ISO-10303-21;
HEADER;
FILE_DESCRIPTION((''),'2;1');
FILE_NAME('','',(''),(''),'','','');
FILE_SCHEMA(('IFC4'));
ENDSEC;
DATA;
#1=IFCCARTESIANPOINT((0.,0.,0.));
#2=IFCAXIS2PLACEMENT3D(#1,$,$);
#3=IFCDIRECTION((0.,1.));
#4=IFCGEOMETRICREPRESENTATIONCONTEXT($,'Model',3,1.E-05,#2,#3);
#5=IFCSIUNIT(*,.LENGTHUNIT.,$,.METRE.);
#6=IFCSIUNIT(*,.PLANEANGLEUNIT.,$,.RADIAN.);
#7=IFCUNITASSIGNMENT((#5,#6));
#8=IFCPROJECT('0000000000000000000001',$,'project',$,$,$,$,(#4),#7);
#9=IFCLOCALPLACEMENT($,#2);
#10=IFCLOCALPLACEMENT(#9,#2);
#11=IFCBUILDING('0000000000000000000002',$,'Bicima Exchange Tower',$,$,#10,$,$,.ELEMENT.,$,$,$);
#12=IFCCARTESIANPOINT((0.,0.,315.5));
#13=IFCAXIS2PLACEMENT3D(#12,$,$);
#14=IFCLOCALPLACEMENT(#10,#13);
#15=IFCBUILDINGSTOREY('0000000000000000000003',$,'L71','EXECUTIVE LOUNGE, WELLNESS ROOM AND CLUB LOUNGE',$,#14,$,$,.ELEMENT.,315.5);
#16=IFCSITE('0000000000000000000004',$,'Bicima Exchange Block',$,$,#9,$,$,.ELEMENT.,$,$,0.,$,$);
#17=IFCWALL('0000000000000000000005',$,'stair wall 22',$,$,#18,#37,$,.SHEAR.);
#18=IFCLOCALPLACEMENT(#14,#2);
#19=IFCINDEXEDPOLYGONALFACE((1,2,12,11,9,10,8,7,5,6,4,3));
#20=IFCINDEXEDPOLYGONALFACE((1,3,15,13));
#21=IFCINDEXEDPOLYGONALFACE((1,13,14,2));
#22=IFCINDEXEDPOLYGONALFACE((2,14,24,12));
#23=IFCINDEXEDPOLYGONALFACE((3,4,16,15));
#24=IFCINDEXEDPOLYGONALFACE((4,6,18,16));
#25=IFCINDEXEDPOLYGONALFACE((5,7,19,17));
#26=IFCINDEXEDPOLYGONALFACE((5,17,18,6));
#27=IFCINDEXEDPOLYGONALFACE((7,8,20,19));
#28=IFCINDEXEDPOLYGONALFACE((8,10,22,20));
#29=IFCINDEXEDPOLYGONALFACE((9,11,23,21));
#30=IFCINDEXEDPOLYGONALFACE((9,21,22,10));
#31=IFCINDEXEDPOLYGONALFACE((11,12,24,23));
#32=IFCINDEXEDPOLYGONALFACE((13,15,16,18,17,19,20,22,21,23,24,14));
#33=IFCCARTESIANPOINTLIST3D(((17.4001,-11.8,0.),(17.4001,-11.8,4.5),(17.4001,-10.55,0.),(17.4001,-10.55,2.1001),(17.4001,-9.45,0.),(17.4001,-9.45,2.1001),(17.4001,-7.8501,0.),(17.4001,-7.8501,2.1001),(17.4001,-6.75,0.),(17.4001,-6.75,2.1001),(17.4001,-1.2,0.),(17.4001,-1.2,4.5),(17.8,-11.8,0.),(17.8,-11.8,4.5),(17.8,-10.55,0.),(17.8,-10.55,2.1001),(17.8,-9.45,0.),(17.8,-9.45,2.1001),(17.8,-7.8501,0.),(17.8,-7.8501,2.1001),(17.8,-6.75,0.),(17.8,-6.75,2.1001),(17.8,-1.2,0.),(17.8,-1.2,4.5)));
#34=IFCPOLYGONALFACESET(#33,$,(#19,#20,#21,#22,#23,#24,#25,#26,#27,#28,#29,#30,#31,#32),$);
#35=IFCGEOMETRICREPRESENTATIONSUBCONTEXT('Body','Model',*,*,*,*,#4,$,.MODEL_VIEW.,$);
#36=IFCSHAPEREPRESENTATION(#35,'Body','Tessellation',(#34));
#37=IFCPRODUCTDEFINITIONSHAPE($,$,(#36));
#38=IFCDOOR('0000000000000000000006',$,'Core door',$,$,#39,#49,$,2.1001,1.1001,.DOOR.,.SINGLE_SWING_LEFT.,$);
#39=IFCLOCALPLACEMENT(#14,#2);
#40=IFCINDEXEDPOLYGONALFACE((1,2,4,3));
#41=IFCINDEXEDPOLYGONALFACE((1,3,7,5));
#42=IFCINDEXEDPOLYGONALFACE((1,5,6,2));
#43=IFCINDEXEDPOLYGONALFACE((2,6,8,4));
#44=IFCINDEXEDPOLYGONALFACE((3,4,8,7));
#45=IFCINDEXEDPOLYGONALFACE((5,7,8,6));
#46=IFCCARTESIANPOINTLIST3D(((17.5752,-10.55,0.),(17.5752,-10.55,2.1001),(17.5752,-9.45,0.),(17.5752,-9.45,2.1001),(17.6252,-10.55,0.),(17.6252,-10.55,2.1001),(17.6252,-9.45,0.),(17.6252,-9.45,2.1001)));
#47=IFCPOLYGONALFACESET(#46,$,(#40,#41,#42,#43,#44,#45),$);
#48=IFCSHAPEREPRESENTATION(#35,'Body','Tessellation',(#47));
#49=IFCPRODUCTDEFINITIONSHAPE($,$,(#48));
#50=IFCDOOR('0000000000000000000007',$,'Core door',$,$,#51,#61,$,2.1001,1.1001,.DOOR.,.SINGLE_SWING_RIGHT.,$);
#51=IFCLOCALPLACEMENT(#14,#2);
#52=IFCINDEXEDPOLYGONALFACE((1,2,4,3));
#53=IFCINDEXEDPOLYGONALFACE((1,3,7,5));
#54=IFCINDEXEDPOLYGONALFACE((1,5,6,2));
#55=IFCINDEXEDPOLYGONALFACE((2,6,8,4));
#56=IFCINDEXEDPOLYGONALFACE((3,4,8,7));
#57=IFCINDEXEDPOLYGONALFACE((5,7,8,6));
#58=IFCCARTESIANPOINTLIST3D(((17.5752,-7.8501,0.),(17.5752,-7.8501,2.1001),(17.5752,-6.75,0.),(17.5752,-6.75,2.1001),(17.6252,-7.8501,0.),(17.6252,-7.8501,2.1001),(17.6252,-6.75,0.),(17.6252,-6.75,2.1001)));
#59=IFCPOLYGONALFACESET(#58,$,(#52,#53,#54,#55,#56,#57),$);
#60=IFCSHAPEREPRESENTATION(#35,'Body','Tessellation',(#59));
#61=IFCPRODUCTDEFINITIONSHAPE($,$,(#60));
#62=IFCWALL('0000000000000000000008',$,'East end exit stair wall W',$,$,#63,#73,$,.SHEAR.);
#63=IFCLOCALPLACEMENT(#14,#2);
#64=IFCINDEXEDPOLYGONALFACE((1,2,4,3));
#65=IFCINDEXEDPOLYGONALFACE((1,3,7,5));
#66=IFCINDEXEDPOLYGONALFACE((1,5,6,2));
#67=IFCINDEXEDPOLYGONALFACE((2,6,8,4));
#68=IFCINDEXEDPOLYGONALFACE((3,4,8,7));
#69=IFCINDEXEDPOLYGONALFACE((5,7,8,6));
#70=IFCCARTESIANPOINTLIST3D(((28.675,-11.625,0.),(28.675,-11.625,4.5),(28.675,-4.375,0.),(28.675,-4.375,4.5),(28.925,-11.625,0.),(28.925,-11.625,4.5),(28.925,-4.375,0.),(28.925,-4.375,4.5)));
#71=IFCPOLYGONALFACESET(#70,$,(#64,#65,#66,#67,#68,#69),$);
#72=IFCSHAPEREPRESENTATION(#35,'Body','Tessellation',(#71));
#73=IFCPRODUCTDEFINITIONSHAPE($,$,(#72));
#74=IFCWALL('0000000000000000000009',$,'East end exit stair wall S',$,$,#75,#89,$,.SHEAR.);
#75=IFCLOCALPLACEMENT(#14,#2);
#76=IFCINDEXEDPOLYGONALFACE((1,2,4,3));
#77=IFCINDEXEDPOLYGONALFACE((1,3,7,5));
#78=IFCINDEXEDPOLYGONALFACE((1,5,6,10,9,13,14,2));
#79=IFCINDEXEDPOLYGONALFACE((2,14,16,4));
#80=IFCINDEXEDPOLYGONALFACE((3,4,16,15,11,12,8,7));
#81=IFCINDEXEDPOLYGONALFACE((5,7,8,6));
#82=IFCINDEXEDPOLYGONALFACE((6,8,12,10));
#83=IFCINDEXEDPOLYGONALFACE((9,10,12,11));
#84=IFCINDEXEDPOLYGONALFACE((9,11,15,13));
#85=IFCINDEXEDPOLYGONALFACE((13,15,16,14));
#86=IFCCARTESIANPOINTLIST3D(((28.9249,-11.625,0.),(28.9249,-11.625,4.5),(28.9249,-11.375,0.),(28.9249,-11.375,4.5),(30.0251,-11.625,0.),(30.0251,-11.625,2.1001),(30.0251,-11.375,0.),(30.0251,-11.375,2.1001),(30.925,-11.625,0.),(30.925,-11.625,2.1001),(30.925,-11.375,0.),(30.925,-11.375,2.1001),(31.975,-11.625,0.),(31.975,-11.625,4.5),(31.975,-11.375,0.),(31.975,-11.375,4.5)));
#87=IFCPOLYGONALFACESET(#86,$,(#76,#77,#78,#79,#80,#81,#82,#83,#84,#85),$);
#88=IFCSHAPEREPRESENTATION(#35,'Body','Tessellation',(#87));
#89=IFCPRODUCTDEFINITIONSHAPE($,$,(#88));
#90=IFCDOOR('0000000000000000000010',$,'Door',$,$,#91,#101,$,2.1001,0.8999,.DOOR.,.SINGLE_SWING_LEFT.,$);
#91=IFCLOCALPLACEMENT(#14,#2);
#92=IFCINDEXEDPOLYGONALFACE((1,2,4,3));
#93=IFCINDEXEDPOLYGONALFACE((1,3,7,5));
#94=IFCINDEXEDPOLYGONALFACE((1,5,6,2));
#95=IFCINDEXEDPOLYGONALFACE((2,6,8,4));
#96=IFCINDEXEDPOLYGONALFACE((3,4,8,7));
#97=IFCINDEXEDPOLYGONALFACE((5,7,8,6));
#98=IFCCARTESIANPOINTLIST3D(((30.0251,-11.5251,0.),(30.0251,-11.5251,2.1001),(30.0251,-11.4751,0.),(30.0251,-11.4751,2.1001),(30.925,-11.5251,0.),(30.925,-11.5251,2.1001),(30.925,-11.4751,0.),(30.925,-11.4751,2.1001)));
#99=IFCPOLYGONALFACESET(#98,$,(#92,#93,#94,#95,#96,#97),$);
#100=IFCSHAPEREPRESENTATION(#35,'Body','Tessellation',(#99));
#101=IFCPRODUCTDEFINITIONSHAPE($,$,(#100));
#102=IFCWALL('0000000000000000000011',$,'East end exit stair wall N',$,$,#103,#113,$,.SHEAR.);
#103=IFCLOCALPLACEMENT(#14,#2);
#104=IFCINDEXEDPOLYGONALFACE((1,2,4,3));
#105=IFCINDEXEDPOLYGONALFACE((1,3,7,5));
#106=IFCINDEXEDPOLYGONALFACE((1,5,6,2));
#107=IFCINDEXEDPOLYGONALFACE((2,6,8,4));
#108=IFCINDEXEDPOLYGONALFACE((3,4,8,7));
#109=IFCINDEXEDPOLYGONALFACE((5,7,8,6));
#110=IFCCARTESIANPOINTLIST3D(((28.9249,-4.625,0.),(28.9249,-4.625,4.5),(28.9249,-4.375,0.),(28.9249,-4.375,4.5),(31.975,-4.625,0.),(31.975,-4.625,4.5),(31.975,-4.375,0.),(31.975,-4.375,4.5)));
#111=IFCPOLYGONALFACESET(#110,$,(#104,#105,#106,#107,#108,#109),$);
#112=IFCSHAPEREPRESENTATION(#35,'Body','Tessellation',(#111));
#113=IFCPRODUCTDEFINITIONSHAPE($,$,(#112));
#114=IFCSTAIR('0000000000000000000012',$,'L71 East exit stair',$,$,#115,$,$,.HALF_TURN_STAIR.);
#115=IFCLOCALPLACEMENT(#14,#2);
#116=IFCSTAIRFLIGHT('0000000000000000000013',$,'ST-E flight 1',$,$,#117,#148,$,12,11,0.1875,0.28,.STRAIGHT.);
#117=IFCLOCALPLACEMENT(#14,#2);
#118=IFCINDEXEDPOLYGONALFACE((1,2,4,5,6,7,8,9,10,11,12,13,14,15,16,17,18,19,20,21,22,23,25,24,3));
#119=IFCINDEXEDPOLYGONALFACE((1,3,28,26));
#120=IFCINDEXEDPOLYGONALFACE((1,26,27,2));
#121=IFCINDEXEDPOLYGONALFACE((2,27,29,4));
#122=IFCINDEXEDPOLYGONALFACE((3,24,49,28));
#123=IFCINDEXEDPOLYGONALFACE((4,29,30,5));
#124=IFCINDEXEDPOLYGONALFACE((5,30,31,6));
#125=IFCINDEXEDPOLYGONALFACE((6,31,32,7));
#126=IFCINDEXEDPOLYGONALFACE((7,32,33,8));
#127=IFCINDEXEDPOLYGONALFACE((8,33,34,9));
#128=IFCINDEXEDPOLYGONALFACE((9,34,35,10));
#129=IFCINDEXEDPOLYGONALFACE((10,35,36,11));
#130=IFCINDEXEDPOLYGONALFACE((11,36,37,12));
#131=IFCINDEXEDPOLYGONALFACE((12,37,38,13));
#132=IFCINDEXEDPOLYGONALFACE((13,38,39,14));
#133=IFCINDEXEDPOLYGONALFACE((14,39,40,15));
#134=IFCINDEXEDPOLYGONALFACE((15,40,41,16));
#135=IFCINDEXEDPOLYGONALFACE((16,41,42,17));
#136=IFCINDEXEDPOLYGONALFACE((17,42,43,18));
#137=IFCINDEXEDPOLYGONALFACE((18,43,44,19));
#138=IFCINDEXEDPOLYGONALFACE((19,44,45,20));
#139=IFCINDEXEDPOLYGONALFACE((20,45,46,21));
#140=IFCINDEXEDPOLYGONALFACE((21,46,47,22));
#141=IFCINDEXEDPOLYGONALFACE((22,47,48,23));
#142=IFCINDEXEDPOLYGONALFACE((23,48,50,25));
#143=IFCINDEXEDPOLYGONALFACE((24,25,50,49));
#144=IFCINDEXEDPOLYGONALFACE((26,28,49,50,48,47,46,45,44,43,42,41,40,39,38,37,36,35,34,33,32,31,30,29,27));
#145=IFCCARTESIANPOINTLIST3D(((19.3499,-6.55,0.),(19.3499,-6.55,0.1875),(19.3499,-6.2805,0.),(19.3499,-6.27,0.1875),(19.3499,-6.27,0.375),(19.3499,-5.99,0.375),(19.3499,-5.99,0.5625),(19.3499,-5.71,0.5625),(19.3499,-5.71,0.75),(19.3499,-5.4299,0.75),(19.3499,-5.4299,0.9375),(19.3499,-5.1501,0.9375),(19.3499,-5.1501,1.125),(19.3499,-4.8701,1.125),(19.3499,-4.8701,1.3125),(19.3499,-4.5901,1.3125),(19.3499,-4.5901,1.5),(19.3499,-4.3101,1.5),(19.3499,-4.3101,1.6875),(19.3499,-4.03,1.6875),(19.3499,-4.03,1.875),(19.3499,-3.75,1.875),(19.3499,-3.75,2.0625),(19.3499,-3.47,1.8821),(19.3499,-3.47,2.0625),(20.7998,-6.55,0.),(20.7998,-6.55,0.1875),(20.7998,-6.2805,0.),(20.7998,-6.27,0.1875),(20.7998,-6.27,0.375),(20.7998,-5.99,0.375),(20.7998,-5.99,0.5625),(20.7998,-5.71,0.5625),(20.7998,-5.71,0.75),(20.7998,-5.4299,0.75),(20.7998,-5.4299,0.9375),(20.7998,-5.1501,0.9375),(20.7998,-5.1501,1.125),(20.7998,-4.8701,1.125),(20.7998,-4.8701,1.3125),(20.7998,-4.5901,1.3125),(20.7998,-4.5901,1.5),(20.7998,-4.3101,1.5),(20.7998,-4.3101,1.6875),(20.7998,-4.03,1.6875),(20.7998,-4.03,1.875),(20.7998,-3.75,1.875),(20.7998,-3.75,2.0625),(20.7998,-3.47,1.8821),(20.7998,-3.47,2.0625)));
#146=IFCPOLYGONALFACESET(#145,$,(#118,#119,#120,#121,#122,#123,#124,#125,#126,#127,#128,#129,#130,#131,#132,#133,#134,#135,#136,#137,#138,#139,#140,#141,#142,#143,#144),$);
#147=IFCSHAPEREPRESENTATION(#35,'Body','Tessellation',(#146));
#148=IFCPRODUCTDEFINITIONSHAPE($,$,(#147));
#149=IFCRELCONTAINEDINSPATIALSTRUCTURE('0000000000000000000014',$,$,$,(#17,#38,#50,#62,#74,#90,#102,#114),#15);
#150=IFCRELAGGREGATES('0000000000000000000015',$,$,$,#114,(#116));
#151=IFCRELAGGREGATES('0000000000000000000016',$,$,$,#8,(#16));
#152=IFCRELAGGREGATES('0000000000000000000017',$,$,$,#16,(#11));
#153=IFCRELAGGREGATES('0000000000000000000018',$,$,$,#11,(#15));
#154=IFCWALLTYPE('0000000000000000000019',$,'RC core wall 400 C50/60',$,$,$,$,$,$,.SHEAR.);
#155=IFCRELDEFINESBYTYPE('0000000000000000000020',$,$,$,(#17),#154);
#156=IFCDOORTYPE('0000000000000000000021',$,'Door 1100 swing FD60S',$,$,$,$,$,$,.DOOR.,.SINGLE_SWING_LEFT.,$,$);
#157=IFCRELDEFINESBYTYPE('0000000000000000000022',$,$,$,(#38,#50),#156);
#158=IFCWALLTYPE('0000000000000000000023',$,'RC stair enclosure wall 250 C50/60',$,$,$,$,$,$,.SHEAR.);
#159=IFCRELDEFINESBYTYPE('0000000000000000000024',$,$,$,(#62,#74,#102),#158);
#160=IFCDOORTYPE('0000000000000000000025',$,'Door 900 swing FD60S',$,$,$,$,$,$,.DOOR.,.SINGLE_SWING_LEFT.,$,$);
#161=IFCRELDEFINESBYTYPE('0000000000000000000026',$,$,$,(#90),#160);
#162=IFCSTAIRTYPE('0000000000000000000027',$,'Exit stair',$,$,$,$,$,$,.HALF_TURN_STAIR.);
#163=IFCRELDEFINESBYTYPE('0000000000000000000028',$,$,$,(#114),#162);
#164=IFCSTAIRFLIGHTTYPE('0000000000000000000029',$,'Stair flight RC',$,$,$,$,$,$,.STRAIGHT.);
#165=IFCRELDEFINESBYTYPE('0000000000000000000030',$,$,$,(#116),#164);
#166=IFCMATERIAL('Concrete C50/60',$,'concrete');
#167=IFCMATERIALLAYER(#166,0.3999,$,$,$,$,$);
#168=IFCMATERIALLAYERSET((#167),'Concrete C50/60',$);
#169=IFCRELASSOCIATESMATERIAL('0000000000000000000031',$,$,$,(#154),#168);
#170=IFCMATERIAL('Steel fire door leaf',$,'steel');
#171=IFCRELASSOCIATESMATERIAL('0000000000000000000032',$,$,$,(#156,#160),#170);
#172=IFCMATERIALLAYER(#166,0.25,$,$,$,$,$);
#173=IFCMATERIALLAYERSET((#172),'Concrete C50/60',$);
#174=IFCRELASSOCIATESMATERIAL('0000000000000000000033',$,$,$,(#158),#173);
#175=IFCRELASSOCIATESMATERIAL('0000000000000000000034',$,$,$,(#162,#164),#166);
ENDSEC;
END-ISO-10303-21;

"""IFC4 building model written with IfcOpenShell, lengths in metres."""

from ifc_helpers import new_model, si_unit, direction, frame, frame_2d, origin, place, context, subcontext, project, spatial, polyline, rectangle, outline, extrude, material, layer, layer_set, type_object, element, fill, aggregate, save


model = new_model("IFC4")

# Units and contexts
model_context = context("Model", 3, precision=1e-05, world=origin(), true_north=direction((0.0, 1.0)))
body_context = subcontext(model_context, "Body", "Model", "MODEL_VIEW")
ifc_project = project(units=[si_unit("LENGTHUNIT", "METRE"), si_unit("PLANEANGLEUNIT", "RADIAN")], contexts=[model_context])

# Site, building, storey
site_placement = place(None, origin())
site = spatial("IfcSite", under=ifc_project, at=site_placement, Name="Bicima Exchange Block", CompositionType="ELEMENT", RefElevation=0.0)
building_placement = place(site_placement, origin())
building = spatial("IfcBuilding", under=site, at=building_placement, Name="Bicima Exchange Tower", CompositionType="ELEMENT")
storey_placement = place(building_placement, frame((0.0, 0.0, 315.5)))
storey = spatial("IfcBuildingStorey", under=building, at=storey_placement, Name="L71", Description="EXECUTIVE LOUNGE, WELLNESS ROOM AND CLUB LOUNGE", CompositionType="ELEMENT", Elevation=315.5)

# Shared definitions
ifc_material_1 = material(Name="Concrete C50/60", Category="concrete")
ifc_layer_1 = layer(ifc_material_1, 0.3999)
ifc_layer_set_1 = layer_set([ifc_layer_1], Name="Concrete C50/60")
wall_type_1 = type_object("IfcWallType", Name="RC core wall 400 C50/60", PredefinedType="SHEAR", material=ifc_layer_set_1)
ifc_material_2 = material(Name="Steel fire door leaf", Category="steel")

# Wall, openings, doors
wall_1_placement = place(storey_placement, frame((17.6001, -11.8, 0.0), z_axis=(0.0, 0.0, 1.0), x_axis=(0.0, 1.0, 0.0)))
wall_1 = element("IfcWall", 1, at=wall_1_placement, inside=storey, type_object=wall_type_1, Name="stair wall 22", PredefinedType="SHEAR", context=body_context, shape_type="SweptSolid", body=[
    extrude(rectangle(XDim=10.6001, YDim=0.3999, at=frame_2d((5.3, 0.0))), origin(), (0.0, 0.0, 1.0), 4.5),
])
opening_1_placement = place(wall_1_placement, frame((1.25, 0.0, 0.0)))
opening_1 = element("IfcOpeningElement", 2, at=opening_1_placement, cuts=wall_1, PredefinedType="OPENING", context=body_context, shape_type="SweptSolid", body=[
    extrude(rectangle(XDim=1.1001, YDim=2.1001, at=frame_2d((0.55, 1.05))), frame((0.0, 0.2119, 0.0), z_axis=(0.0, -1.0, 0.0), x_axis=(1.0, 0.0, 0.0)), (0.0, 0.0, 1.0), 0.4238),
])
opening_2_placement = place(wall_1_placement, frame((3.95, 0.0, 0.0)))
opening_2 = element("IfcOpeningElement", 3, at=opening_2_placement, cuts=wall_1, PredefinedType="OPENING", context=body_context, shape_type="SweptSolid", body=[
    extrude(rectangle(XDim=1.1001, YDim=2.1001, at=frame_2d((0.55, 1.05))), frame((0.0, 0.2119, 0.0), z_axis=(0.0, -1.0, 0.0), x_axis=(1.0, 0.0, 0.0)), (0.0, 0.0, 1.0), 0.4238),
])
door_type_1 = type_object("IfcDoorType", Name="Door 1100 swing FD60S", OperationType="SINGLE_SWING_LEFT", PredefinedType="DOOR", material=ifc_material_2)
door_1_placement = place(opening_1_placement, origin())
door_1 = element("IfcDoor", 4, at=door_1_placement, inside=storey, type_object=door_type_1, Name="Core door", OperationType="SINGLE_SWING_LEFT", OverallHeight=2.1001, OverallWidth=1.1001, PredefinedType="DOOR", context=body_context, shape_type="SweptSolid", body=[
    extrude(rectangle(XDim=1.1001, YDim=2.1001, at=frame_2d((0.55, 1.05))), frame((0.0, 0.0249, 0.0), z_axis=(0.0, -1.0, 0.0), x_axis=(1.0, 0.0, 0.0)), (0.0, 0.0, 1.0), 0.05),
])
fill(opening_1, door_1)
door_2_placement = place(opening_2_placement, origin())
door_2 = element("IfcDoor", 5, at=door_2_placement, inside=storey, type_object=door_type_1, Name="Core door", OperationType="SINGLE_SWING_RIGHT", OverallHeight=2.1001, OverallWidth=1.1001, PredefinedType="DOOR", context=body_context, shape_type="SweptSolid", body=[
    extrude(rectangle(XDim=1.1001, YDim=2.1001, at=frame_2d((0.55, 1.05))), frame((0.0, 0.0249, 0.0), z_axis=(0.0, -1.0, 0.0), x_axis=(1.0, 0.0, 0.0)), (0.0, 0.0, 1.0), 0.05),
])
fill(opening_2, door_2)

# Wall
ifc_layer_2 = layer(ifc_material_1, 0.25)
ifc_layer_set_2 = layer_set([ifc_layer_2], Name="Concrete C50/60")
wall_type_2 = type_object("IfcWallType", Name="RC stair enclosure wall 250 C50/60", PredefinedType="SHEAR", material=ifc_layer_set_2)
wall_2_placement = place(storey_placement, frame((28.8, -11.625, 0.0), z_axis=(0.0, 0.0, 1.0), x_axis=(0.0, 1.0, 0.0)))
element("IfcWall", 6, at=wall_2_placement, inside=storey, type_object=wall_type_2, Name="East end exit stair wall W", PredefinedType="SHEAR", context=body_context, shape_type="SweptSolid", body=[
    extrude(rectangle(XDim=7.25, YDim=0.25, at=frame_2d((3.625, 0.0))), origin(), (0.0, 0.0, 1.0), 4.5),
])

# Wall, opening, door
wall_3_placement = place(storey_placement, frame((28.925, -11.5, 0.0), z_axis=(0.0, 0.0, 1.0), x_axis=(1.0, 0.0, 0.0)))
wall_3 = element("IfcWall", 7, at=wall_3_placement, inside=storey, type_object=wall_type_2, Name="East end exit stair wall S", PredefinedType="SHEAR", context=body_context, shape_type="SweptSolid", body=[
    extrude(rectangle(XDim=3.05, YDim=0.25, at=frame_2d((1.5249, 0.0))), origin(), (0.0, 0.0, 1.0), 4.5),
])
opening_3_placement = place(wall_3_placement, frame((1.1001, 0.0, 0.0)))
opening_3 = element("IfcOpeningElement", 8, at=opening_3_placement, cuts=wall_3, PredefinedType="OPENING", context=body_context, shape_type="SweptSolid", body=[
    extrude(rectangle(XDim=0.8999, YDim=2.1001, at=frame_2d((0.45, 1.05))), frame((0.0, 0.137, 0.0), z_axis=(0.0, -1.0, 0.0), x_axis=(1.0, 0.0, 0.0)), (0.0, 0.0, 1.0), 0.2739),
])
door_type_2 = type_object("IfcDoorType", Name="Door 900 swing FD60S", OperationType="SINGLE_SWING_LEFT", PredefinedType="DOOR", material=ifc_material_2)
door_3_placement = place(opening_3_placement, origin())
door_3 = element("IfcDoor", 9, at=door_3_placement, inside=storey, type_object=door_type_2, Name="Door", OperationType="SINGLE_SWING_LEFT", OverallHeight=2.1001, OverallWidth=0.8999, PredefinedType="DOOR", context=body_context, shape_type="SweptSolid", body=[
    extrude(rectangle(XDim=0.8999, YDim=2.1001, at=frame_2d((0.45, 1.05))), frame((0.0, 0.0249, 0.0), z_axis=(0.0, -1.0, 0.0), x_axis=(1.0, 0.0, 0.0)), (0.0, 0.0, 1.0), 0.05),
])
fill(opening_3, door_3)

# Wall
wall_4_placement = place(storey_placement, frame((28.925, -4.5, 0.0), z_axis=(0.0, 0.0, 1.0), x_axis=(1.0, 0.0, 0.0)))
element("IfcWall", 10, at=wall_4_placement, inside=storey, type_object=wall_type_2, Name="East end exit stair wall N", PredefinedType="SHEAR", context=body_context, shape_type="SweptSolid", body=[
    extrude(rectangle(XDim=3.05, YDim=0.25, at=frame_2d((1.5249, 0.0))), origin(), (0.0, 0.0, 1.0), 4.5),
])

# Stair, stair flight
stair_type = type_object("IfcStairType", Name="Exit stair", PredefinedType="HALF_TURN_STAIR", material=ifc_material_1)
stair_1_placement = place(storey_placement, origin())
stair_1 = element("IfcStair", 11, at=stair_1_placement, inside=storey, type_object=stair_type, Name="L71 East exit stair", PredefinedType="HALF_TURN_STAIR")
stair_flight_type = type_object("IfcStairFlightType", Name="Stair flight RC", PredefinedType="STRAIGHT", material=ifc_material_1)
stair_flight_1_placement = place(storey_placement, frame((20.075, -6.55, 0.0), z_axis=(0.0, 0.0, 1.0), x_axis=(0.0, 1.0, 0.0)))
stair_flight_1 = element("IfcStairFlight", 12, at=stair_flight_1_placement, type_object=stair_flight_type, Name="ST-E flight 1", NumberOfRisers=12, NumberOfTreads=11, PredefinedType="STRAIGHT", RiserHeight=0.1875, TreadLength=0.28, context=body_context, shape_type="SweptSolid", body=[
    extrude(outline(polyline([(0.0, 0.0), (0.0, 0.1875), (0.28, 0.1875), (0.28, 0.375), (0.5601, 0.375), (0.5601, 0.5625), (0.8401, 0.5625), (0.8401, 0.75), (1.1201, 0.75), (1.1201, 0.9375), (1.3999, 0.9375), (1.3999, 1.125), (1.6799, 1.125), (1.6799, 1.3125), (1.96, 1.3125), (1.96, 1.5), (2.24, 1.5), (2.24, 1.6875), (2.52, 1.6875), (2.52, 1.875), (2.8, 1.875), (2.8, 2.0625), (3.0801, 2.0625), (3.0801, 2.25), (3.0801, 1.8821), (0.2695, 0.0), (0.0, 0.0)])), frame((0.0, 0.7251, 0.0), z_axis=(0.0, -1.0, 0.0), x_axis=(1.0, 0.0, 0.0)), (0.0, 0.0, 1.0), 1.45),
])
aggregate(stair_1, [stair_flight_1])

save(model, "model.ifc")
